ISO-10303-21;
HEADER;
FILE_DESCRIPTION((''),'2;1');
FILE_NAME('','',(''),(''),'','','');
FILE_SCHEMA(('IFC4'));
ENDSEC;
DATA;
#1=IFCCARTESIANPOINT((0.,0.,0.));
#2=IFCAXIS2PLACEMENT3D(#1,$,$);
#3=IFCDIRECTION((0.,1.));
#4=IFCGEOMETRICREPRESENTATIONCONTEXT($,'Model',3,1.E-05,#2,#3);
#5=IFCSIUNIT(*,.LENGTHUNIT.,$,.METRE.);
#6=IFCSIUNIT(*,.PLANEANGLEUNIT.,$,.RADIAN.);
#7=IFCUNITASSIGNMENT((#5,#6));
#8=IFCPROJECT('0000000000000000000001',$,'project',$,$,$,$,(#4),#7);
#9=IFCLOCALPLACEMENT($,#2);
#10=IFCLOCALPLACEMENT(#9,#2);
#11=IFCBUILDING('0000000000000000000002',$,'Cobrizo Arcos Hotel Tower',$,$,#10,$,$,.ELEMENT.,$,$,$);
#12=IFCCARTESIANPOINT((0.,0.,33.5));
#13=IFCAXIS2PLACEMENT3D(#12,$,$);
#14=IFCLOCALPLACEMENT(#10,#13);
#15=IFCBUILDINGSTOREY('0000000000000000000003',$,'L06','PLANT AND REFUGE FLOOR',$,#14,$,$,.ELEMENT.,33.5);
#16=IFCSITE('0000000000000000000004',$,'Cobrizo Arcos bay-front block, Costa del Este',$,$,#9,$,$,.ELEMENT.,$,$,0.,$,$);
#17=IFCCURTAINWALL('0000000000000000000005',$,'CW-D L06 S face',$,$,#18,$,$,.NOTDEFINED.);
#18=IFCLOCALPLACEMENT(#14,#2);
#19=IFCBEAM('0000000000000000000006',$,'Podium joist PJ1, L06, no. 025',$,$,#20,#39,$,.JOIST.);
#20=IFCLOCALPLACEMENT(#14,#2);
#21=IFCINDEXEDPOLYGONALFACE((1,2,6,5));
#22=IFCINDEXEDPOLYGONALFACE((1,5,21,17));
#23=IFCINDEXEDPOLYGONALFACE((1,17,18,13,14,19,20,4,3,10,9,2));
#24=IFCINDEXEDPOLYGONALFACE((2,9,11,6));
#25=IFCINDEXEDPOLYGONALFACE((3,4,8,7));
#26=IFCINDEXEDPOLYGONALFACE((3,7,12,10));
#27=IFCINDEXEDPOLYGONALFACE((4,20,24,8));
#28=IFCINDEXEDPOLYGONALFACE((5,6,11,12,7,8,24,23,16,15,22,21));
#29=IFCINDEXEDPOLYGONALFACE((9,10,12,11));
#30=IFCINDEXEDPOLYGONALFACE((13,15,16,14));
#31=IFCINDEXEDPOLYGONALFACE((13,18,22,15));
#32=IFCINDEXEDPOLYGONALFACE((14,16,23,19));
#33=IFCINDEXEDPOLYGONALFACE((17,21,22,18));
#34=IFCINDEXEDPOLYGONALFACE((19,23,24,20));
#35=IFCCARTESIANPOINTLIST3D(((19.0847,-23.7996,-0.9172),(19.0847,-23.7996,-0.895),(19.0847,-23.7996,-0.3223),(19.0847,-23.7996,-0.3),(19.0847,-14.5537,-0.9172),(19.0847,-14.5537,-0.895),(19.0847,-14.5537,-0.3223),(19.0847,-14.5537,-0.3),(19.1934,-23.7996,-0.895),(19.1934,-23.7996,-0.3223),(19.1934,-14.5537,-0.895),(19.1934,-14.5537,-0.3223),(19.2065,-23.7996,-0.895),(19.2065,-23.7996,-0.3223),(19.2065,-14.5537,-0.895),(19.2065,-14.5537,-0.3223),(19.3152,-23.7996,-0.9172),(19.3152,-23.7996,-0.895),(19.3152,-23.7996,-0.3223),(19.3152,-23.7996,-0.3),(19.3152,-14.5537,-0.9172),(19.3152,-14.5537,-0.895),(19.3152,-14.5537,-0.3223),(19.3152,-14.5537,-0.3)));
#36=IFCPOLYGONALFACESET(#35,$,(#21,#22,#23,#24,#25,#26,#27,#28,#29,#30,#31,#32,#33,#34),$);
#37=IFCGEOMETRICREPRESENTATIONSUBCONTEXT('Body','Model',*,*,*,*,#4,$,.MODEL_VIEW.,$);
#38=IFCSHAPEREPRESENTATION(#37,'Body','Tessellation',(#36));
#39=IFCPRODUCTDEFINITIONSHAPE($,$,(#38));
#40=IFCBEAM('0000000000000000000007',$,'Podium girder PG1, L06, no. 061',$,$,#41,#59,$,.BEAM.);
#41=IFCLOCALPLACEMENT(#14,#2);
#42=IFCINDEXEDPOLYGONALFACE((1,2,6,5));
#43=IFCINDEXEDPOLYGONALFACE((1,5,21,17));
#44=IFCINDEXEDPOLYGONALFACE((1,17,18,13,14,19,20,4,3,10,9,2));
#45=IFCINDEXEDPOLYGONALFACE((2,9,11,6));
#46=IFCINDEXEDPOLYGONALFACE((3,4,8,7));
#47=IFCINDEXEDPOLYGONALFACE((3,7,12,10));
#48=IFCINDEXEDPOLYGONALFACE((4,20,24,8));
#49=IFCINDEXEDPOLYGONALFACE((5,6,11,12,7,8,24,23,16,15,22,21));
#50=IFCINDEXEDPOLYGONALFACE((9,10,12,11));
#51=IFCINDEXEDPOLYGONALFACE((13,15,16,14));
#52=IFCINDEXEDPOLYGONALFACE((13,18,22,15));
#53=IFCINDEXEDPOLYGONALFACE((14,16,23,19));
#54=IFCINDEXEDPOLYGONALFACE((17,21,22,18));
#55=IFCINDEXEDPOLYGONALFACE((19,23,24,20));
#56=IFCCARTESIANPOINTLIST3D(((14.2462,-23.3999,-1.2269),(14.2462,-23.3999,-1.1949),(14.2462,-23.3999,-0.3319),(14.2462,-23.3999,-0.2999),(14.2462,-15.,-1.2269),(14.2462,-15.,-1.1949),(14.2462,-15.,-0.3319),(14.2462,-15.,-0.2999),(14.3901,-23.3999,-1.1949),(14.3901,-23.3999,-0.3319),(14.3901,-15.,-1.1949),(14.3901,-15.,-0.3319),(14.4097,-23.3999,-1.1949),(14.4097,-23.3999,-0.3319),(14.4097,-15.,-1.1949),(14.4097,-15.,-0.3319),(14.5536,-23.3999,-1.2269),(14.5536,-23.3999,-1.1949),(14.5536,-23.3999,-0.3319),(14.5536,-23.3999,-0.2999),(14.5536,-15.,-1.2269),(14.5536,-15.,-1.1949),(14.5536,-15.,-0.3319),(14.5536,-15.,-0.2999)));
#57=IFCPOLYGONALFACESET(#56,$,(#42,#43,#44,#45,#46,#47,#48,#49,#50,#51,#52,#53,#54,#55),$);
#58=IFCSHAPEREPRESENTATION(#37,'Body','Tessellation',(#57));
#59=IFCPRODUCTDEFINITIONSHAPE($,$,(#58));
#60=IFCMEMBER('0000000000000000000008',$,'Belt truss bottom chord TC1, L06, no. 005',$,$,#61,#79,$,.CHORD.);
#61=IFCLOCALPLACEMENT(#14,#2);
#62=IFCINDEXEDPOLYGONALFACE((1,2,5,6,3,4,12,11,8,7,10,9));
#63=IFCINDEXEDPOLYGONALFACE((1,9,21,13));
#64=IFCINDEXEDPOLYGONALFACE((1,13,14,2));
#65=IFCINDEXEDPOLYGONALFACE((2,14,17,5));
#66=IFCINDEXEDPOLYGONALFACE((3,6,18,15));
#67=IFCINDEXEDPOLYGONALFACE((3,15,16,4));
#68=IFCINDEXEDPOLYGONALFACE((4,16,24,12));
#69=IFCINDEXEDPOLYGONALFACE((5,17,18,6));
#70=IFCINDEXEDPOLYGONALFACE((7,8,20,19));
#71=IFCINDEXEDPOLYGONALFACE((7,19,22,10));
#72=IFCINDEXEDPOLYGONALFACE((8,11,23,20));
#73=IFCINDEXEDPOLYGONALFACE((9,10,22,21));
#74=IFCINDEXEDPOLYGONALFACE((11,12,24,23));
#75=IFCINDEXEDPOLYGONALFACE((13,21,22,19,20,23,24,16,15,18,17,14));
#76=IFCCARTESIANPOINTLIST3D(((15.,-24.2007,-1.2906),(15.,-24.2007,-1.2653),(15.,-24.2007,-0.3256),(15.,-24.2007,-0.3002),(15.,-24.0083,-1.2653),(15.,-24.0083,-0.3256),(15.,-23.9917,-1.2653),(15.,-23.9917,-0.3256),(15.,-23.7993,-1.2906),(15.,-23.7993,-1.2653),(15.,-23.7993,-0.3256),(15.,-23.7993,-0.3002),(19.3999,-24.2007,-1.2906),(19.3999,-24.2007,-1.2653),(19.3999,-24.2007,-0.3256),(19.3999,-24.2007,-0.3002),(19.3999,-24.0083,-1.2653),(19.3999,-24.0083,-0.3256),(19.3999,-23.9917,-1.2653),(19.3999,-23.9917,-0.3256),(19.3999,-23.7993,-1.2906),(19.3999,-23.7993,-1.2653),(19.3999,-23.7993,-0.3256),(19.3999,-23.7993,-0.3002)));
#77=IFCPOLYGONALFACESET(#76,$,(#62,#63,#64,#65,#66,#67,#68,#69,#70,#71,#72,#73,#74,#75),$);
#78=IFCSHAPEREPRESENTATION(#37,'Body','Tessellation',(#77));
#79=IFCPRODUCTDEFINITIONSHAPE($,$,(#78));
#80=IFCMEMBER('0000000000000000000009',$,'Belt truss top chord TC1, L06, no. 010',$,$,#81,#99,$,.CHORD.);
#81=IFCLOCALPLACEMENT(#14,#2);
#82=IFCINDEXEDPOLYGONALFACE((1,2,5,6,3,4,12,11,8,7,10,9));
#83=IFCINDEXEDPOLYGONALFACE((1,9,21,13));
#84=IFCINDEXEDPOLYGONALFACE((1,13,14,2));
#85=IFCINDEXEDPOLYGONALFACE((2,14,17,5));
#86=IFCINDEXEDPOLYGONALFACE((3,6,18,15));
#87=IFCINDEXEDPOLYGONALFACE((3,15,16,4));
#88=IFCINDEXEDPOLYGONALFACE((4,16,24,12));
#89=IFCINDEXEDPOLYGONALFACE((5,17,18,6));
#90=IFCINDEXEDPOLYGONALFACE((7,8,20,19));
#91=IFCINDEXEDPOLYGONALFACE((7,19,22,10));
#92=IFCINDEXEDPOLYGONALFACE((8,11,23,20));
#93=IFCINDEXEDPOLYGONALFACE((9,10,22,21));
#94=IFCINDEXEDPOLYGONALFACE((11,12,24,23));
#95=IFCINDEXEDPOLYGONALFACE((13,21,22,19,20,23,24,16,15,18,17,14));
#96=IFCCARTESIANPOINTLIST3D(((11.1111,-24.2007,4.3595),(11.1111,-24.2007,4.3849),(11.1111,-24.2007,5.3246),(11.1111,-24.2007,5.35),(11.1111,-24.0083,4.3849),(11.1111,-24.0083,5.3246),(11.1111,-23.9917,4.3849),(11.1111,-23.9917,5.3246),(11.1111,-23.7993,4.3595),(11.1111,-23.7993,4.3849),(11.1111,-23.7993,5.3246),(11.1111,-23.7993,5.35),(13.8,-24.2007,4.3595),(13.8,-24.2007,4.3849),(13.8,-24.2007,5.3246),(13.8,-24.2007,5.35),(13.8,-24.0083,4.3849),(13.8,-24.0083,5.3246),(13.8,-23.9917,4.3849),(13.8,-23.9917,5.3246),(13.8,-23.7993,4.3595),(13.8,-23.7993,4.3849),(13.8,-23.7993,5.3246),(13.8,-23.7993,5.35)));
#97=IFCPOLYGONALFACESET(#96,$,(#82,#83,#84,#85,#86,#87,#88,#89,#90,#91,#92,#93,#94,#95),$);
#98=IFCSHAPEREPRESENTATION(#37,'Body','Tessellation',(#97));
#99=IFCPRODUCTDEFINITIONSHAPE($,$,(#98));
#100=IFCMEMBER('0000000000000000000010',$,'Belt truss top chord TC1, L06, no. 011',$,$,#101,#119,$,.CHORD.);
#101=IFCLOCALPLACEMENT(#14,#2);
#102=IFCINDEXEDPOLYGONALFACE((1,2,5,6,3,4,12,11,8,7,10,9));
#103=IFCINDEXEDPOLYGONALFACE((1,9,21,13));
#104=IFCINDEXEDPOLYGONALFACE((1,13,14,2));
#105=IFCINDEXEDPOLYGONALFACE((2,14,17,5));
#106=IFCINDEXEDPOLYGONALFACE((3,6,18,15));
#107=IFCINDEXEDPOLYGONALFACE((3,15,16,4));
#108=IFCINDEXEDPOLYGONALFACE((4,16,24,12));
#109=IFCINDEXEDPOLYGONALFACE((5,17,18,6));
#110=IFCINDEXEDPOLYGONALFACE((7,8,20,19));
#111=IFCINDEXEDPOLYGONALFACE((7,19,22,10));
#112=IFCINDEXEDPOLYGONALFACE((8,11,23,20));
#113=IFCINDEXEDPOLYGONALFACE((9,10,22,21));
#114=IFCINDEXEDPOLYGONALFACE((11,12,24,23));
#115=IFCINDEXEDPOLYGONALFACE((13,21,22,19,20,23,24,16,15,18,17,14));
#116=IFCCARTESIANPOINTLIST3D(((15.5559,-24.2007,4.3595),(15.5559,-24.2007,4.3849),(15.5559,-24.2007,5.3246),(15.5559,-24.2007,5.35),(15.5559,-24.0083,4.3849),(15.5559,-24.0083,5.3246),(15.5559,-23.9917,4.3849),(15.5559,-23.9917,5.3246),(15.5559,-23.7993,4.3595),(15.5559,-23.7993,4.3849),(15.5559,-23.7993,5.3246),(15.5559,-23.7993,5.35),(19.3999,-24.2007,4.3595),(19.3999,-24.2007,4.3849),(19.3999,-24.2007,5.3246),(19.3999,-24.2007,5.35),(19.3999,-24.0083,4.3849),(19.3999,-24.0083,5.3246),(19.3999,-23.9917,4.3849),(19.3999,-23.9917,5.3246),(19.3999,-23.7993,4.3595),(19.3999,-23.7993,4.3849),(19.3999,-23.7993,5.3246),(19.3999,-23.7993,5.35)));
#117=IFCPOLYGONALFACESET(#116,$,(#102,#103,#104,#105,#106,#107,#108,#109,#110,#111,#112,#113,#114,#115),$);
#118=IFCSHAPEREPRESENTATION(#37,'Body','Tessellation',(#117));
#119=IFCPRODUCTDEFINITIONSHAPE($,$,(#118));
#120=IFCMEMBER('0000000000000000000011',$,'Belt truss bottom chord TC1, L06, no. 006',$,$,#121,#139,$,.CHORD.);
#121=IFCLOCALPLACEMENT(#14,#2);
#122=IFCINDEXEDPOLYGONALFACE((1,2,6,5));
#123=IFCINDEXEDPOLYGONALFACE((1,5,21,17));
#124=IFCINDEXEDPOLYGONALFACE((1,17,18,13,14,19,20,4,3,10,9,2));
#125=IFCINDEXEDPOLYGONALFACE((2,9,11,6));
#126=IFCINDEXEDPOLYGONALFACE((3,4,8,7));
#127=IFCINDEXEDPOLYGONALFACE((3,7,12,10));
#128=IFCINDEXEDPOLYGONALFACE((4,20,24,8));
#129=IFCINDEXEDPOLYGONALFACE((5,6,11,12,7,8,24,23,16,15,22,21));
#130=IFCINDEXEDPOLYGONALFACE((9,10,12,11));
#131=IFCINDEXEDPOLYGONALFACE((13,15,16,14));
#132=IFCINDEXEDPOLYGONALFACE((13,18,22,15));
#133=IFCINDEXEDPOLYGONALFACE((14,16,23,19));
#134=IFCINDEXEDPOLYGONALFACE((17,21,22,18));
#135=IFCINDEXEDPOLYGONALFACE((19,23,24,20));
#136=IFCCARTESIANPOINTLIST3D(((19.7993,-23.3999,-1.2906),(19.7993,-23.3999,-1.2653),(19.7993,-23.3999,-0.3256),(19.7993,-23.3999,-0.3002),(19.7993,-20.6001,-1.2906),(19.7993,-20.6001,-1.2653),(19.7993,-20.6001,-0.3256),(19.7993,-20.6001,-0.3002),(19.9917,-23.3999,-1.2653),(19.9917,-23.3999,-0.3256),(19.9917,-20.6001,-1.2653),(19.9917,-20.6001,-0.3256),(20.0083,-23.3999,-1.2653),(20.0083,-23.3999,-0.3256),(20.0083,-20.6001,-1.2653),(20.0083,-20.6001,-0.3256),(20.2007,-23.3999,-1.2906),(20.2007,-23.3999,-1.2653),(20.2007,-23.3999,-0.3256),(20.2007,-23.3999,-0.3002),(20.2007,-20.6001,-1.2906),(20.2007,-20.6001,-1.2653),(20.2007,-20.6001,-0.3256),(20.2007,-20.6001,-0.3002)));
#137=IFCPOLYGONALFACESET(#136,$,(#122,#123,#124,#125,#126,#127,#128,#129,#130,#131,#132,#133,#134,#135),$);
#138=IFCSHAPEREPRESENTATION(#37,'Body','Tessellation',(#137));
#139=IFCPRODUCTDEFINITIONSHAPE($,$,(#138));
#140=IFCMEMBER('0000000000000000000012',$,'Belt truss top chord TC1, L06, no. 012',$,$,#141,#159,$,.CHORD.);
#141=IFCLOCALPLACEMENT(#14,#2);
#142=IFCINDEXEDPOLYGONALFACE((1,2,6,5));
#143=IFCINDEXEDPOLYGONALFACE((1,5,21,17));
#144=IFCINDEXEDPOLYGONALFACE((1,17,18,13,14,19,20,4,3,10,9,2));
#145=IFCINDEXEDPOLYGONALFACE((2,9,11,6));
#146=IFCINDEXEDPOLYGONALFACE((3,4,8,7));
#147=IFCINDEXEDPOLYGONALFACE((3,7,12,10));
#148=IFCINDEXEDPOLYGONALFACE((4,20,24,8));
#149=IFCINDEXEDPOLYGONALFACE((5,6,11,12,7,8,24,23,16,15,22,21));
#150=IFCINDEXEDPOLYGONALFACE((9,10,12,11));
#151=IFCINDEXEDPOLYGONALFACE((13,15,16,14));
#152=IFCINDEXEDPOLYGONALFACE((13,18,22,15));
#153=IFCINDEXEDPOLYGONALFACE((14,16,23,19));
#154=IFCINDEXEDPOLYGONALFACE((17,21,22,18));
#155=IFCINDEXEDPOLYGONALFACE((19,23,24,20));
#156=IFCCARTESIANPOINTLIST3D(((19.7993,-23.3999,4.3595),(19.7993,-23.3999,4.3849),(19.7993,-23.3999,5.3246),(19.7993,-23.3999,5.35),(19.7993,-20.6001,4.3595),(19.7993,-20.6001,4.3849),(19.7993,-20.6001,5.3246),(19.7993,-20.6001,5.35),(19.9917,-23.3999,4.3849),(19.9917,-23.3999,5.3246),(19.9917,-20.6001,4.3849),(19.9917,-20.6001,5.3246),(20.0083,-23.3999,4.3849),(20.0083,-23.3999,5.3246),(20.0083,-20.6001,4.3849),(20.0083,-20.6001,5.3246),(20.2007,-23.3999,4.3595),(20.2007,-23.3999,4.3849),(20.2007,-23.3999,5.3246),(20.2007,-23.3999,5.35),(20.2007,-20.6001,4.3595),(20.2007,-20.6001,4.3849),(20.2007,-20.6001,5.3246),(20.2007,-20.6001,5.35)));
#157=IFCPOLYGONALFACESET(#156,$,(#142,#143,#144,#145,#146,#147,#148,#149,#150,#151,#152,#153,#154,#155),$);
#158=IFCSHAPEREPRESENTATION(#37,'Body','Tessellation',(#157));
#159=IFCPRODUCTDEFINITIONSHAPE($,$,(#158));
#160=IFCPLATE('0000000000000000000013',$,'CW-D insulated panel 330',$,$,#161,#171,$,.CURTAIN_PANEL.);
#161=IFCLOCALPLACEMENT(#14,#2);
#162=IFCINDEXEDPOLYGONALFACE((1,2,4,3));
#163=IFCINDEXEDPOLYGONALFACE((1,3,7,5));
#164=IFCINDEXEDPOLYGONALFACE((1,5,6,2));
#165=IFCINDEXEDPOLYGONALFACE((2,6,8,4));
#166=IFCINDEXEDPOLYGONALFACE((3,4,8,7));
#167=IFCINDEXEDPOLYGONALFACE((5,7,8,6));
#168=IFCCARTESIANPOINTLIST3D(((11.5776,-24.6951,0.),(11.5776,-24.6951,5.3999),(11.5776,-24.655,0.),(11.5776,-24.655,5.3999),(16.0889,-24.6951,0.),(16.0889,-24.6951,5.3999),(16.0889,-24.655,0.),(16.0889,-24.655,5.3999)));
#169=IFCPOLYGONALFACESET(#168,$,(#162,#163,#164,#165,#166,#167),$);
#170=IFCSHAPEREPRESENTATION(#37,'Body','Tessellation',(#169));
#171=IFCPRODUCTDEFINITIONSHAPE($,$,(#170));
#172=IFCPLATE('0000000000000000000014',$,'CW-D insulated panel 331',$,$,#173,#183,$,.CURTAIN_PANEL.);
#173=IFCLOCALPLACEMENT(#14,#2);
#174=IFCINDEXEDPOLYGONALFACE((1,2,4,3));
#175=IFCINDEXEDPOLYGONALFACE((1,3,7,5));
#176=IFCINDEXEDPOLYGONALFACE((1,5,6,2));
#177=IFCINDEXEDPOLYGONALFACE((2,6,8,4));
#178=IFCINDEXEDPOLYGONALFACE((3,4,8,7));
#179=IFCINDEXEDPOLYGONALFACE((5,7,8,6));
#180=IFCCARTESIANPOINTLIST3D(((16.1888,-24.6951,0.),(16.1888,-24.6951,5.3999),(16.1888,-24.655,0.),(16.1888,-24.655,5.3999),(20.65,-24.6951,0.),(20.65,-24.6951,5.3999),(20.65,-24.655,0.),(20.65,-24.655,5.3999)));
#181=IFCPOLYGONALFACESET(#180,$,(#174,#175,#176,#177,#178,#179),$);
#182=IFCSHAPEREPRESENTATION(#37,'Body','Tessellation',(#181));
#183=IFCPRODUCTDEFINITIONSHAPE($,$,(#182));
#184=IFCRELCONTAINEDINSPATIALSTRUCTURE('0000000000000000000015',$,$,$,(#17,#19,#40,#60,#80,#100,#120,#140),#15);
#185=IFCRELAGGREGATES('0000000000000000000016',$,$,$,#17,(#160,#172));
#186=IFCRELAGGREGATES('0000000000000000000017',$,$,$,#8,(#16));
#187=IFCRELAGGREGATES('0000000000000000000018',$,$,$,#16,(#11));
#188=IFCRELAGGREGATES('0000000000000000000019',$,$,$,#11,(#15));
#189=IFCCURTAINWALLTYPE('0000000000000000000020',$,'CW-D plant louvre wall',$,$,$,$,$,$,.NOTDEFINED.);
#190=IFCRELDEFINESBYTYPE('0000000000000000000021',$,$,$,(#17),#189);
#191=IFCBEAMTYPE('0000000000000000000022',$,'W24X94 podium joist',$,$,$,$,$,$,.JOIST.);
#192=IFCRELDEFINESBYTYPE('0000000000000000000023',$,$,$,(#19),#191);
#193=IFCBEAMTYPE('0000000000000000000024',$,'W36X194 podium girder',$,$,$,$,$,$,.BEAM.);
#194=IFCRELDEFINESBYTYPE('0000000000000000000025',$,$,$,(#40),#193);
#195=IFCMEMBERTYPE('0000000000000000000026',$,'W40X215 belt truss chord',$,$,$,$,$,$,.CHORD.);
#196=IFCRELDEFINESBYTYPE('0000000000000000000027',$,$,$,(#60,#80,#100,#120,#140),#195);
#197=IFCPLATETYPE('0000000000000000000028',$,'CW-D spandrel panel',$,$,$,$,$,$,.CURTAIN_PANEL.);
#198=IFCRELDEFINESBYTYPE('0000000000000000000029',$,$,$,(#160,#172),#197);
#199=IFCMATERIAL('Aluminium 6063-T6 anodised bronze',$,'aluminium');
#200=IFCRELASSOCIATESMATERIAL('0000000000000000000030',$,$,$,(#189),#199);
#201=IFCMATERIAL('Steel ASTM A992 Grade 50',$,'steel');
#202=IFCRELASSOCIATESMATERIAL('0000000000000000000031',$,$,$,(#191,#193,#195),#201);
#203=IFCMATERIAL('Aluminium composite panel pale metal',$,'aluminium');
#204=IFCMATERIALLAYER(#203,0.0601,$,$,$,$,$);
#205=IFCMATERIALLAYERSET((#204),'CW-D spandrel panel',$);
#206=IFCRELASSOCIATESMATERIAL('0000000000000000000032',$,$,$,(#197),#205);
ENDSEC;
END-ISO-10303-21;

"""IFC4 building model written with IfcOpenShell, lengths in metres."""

from ifc_helpers import new_model, si_unit, direction, frame, origin, origin_2d, place, context, subcontext, project, spatial, rectangle, i_section, extrude, material, layer, layer_set, material_profile, profile_set, type_object, element, aggregate, save


model = new_model("IFC4")

# Units and contexts
model_context = context("Model", 3, precision=1e-05, world=origin(), true_north=direction((0.0, 1.0)))
body_context = subcontext(model_context, "Body", "Model", "MODEL_VIEW")
ifc_project = project(units=[si_unit("LENGTHUNIT", "METRE"), si_unit("PLANEANGLEUNIT", "RADIAN")], contexts=[model_context])

# Site, building, storey
site_placement = place(None, origin())
site = spatial("IfcSite", under=ifc_project, at=site_placement, Name="Cobrizo Arcos bay-front block, Costa del Este", CompositionType="ELEMENT", RefElevation=0.0)
building_placement = place(site_placement, origin())
building = spatial("IfcBuilding", under=site, at=building_placement, Name="Cobrizo Arcos Hotel Tower", CompositionType="ELEMENT")
storey_placement = place(building_placement, frame((0.0, 0.0, 33.5)))
storey = spatial("IfcBuildingStorey", under=building, at=storey_placement, Name="L06", Description="PLANT AND REFUGE FLOOR", CompositionType="ELEMENT", Elevation=33.5)

# Curtain wall
ifc_material_1 = material(Name="Aluminium 6063-T6 anodised bronze", Category="aluminium")
curtain_wall_type = type_object("IfcCurtainWallType", Name="CW-D plant louvre wall", PredefinedType="NOTDEFINED", material=ifc_material_1)
curtain_wall_placement = place(storey_placement, origin())
curtain_wall = element("IfcCurtainWall", 1, at=curtain_wall_placement, inside=storey, type_object=curtain_wall_type, Name="CW-D L06 S face", PredefinedType="NOTDEFINED")

# Shared definitions
ifc_material_2 = material(Name="Steel ASTM A992 Grade 50", Category="steel")

# Beams
ifc_material_profile_1 = material_profile(ifc_material_2, i_section(OverallWidth=0.2305, OverallDepth=0.6172, WebThickness=0.0132, FlangeThickness=0.0222, at=origin_2d()), Name="W24X94")
ifc_profile_set_1 = profile_set([ifc_material_profile_1], Name="Steel ASTM A992 Grade 50")
beam_type_1 = type_object("IfcBeamType", Name="W24X94 podium joist", PredefinedType="JOIST", material=ifc_profile_set_1)
beam_1_placement = place(storey_placement, frame((19.2, -23.7996, -0.6086), z_axis=(0.0, 1.0, 0.0), x_axis=(-1.0, 0.0, 0.0)))
element("IfcBeam", 2, at=beam_1_placement, inside=storey, type_object=beam_type_1, Name="Podium joist PJ1, L06, no. 025", PredefinedType="JOIST", context=body_context, shape_type="SweptSolid", body=[
    extrude(i_section(OverallWidth=0.2305, OverallDepth=0.6172, WebThickness=0.0132, FlangeThickness=0.0222, at=origin_2d()), origin(), (0.0, 0.0, 1.0), 9.2458),
])
ifc_material_profile_2 = material_profile(ifc_material_2, i_section(OverallWidth=0.3074, OverallDepth=0.927, WebThickness=0.0195, FlangeThickness=0.032, at=origin_2d()), Name="W36X194")
ifc_profile_set_2 = profile_set([ifc_material_profile_2], Name="Steel ASTM A992 Grade 50")
beam_type_2 = type_object("IfcBeamType", Name="W36X194 podium girder", PredefinedType="BEAM", material=ifc_profile_set_2)
beam_2_placement = place(storey_placement, frame((14.3999, -23.3999, -0.7634), z_axis=(0.0, 1.0, 0.0), x_axis=(-1.0, 0.0, 0.0)))
element("IfcBeam", 3, at=beam_2_placement, inside=storey, type_object=beam_type_2, Name="Podium girder PG1, L06, no. 061", PredefinedType="BEAM", context=body_context, shape_type="SweptSolid", body=[
    extrude(i_section(OverallWidth=0.3074, OverallDepth=0.927, WebThickness=0.0195, FlangeThickness=0.032, at=origin_2d()), origin(), (0.0, 0.0, 1.0), 8.3999),
])

# Members
ifc_material_profile_3 = material_profile(ifc_material_2, i_section(OverallWidth=0.4014, OverallDepth=0.9905, WebThickness=0.0166, FlangeThickness=0.0254, at=origin_2d()), Name="W40X215")
ifc_profile_set_3 = profile_set([ifc_material_profile_3], Name="Steel ASTM A992 Grade 50")
member_type_1 = type_object("IfcMemberType", Name="W40X215 belt truss chord", PredefinedType="CHORD", material=ifc_profile_set_3)
member_1_placement = place(storey_placement, frame((15.0, -24.0, -0.7954), z_axis=(1.0, 0.0, 0.0), x_axis=(0.0, 1.0, 0.0)))
element("IfcMember", 4, at=member_1_placement, inside=storey, type_object=member_type_1, Name="Belt truss bottom chord TC1, L06, no. 005", PredefinedType="CHORD", context=body_context, shape_type="SweptSolid", body=[
    extrude(i_section(OverallWidth=0.4014, OverallDepth=0.9905, WebThickness=0.0166, FlangeThickness=0.0254, at=origin_2d()), origin(), (0.0, 0.0, 1.0), 4.3999),
])
member_2_placement = place(storey_placement, frame((11.1111, -24.0, 4.8547), z_axis=(1.0, 0.0, 0.0), x_axis=(0.0, 1.0, 0.0)))
element("IfcMember", 5, at=member_2_placement, inside=storey, type_object=member_type_1, Name="Belt truss top chord TC1, L06, no. 010", PredefinedType="CHORD", context=body_context, shape_type="SweptSolid", body=[
    extrude(i_section(OverallWidth=0.4014, OverallDepth=0.9905, WebThickness=0.0166, FlangeThickness=0.0254, at=origin_2d()), origin(), (0.0, 0.0, 1.0), 2.689),
])
member_3_placement = place(storey_placement, frame((15.5559, -24.0, 4.8547), z_axis=(1.0, 0.0, 0.0), x_axis=(0.0, 1.0, 0.0)))
element("IfcMember", 6, at=member_3_placement, inside=storey, type_object=member_type_1, Name="Belt truss top chord TC1, L06, no. 011", PredefinedType="CHORD", context=body_context, shape_type="SweptSolid", body=[
    extrude(i_section(OverallWidth=0.4014, OverallDepth=0.9905, WebThickness=0.0166, FlangeThickness=0.0254, at=origin_2d()), origin(), (0.0, 0.0, 1.0), 3.844),
])
for number, where, z_axis, x_axis, name in (
    (7, (20.0, -23.3999, -0.7954), (0.0, 1.0, 0.0), (-1.0, 0.0, 0.0), "Belt truss bottom chord TC1, L06, no. 006"),
    (8, (20.0, -23.3999, 4.8547), (0.0, 1.0, 0.0), (-1.0, 0.0, 0.0), "Belt truss top chord TC1, L06, no. 012"),
):
    element("IfcMember", number, at=place(storey_placement, frame(where, z_axis=z_axis, x_axis=x_axis)), inside=storey, type_object=member_type_1, Name=name, PredefinedType="CHORD", context=body_context, shape_type="SweptSolid", body=[
        extrude(i_section(OverallWidth=0.4014, OverallDepth=0.9905, WebThickness=0.0166, FlangeThickness=0.0254, at=origin_2d()), origin(), (0.0, 0.0, 1.0), 2.7998),
    ])

# Plates
ifc_material_3 = material(Name="Aluminium composite panel pale metal", Category="aluminium")
ifc_layer_1 = layer(ifc_material_3, 0.0601)
ifc_layer_set_1 = layer_set([ifc_layer_1], Name="CW-D spandrel panel")
plate_type = type_object("IfcPlateType", Name="CW-D spandrel panel", PredefinedType="CURTAIN_PANEL", material=ifc_layer_set_1)
plate_1_placement = place(storey_placement, frame((13.8333, -24.675, 0.0), z_axis=(0.0, 0.0, 1.0), x_axis=(1.0, 0.0, 0.0)))
plate_1 = element("IfcPlate", 9, at=plate_1_placement, type_object=plate_type, Name="CW-D insulated panel 330", PredefinedType="CURTAIN_PANEL", context=body_context, shape_type="SweptSolid", body=[
    extrude(rectangle(XDim=4.5112, YDim=0.04, at=origin_2d()), origin(), (0.0, 0.0, 1.0), 5.3999),
])
plate_2_placement = place(storey_placement, frame((18.4194, -24.675, 0.0), z_axis=(0.0, 0.0, 1.0), x_axis=(1.0, 0.0, 0.0)))
plate_2 = element("IfcPlate", 10, at=plate_2_placement, type_object=plate_type, Name="CW-D insulated panel 331", PredefinedType="CURTAIN_PANEL", context=body_context, shape_type="SweptSolid", body=[
    extrude(rectangle(XDim=4.4612, YDim=0.04, at=origin_2d()), origin(), (0.0, 0.0, 1.0), 5.3999),
])
aggregate(curtain_wall, [plate_1, plate_2])

save(model, "model.ifc")
